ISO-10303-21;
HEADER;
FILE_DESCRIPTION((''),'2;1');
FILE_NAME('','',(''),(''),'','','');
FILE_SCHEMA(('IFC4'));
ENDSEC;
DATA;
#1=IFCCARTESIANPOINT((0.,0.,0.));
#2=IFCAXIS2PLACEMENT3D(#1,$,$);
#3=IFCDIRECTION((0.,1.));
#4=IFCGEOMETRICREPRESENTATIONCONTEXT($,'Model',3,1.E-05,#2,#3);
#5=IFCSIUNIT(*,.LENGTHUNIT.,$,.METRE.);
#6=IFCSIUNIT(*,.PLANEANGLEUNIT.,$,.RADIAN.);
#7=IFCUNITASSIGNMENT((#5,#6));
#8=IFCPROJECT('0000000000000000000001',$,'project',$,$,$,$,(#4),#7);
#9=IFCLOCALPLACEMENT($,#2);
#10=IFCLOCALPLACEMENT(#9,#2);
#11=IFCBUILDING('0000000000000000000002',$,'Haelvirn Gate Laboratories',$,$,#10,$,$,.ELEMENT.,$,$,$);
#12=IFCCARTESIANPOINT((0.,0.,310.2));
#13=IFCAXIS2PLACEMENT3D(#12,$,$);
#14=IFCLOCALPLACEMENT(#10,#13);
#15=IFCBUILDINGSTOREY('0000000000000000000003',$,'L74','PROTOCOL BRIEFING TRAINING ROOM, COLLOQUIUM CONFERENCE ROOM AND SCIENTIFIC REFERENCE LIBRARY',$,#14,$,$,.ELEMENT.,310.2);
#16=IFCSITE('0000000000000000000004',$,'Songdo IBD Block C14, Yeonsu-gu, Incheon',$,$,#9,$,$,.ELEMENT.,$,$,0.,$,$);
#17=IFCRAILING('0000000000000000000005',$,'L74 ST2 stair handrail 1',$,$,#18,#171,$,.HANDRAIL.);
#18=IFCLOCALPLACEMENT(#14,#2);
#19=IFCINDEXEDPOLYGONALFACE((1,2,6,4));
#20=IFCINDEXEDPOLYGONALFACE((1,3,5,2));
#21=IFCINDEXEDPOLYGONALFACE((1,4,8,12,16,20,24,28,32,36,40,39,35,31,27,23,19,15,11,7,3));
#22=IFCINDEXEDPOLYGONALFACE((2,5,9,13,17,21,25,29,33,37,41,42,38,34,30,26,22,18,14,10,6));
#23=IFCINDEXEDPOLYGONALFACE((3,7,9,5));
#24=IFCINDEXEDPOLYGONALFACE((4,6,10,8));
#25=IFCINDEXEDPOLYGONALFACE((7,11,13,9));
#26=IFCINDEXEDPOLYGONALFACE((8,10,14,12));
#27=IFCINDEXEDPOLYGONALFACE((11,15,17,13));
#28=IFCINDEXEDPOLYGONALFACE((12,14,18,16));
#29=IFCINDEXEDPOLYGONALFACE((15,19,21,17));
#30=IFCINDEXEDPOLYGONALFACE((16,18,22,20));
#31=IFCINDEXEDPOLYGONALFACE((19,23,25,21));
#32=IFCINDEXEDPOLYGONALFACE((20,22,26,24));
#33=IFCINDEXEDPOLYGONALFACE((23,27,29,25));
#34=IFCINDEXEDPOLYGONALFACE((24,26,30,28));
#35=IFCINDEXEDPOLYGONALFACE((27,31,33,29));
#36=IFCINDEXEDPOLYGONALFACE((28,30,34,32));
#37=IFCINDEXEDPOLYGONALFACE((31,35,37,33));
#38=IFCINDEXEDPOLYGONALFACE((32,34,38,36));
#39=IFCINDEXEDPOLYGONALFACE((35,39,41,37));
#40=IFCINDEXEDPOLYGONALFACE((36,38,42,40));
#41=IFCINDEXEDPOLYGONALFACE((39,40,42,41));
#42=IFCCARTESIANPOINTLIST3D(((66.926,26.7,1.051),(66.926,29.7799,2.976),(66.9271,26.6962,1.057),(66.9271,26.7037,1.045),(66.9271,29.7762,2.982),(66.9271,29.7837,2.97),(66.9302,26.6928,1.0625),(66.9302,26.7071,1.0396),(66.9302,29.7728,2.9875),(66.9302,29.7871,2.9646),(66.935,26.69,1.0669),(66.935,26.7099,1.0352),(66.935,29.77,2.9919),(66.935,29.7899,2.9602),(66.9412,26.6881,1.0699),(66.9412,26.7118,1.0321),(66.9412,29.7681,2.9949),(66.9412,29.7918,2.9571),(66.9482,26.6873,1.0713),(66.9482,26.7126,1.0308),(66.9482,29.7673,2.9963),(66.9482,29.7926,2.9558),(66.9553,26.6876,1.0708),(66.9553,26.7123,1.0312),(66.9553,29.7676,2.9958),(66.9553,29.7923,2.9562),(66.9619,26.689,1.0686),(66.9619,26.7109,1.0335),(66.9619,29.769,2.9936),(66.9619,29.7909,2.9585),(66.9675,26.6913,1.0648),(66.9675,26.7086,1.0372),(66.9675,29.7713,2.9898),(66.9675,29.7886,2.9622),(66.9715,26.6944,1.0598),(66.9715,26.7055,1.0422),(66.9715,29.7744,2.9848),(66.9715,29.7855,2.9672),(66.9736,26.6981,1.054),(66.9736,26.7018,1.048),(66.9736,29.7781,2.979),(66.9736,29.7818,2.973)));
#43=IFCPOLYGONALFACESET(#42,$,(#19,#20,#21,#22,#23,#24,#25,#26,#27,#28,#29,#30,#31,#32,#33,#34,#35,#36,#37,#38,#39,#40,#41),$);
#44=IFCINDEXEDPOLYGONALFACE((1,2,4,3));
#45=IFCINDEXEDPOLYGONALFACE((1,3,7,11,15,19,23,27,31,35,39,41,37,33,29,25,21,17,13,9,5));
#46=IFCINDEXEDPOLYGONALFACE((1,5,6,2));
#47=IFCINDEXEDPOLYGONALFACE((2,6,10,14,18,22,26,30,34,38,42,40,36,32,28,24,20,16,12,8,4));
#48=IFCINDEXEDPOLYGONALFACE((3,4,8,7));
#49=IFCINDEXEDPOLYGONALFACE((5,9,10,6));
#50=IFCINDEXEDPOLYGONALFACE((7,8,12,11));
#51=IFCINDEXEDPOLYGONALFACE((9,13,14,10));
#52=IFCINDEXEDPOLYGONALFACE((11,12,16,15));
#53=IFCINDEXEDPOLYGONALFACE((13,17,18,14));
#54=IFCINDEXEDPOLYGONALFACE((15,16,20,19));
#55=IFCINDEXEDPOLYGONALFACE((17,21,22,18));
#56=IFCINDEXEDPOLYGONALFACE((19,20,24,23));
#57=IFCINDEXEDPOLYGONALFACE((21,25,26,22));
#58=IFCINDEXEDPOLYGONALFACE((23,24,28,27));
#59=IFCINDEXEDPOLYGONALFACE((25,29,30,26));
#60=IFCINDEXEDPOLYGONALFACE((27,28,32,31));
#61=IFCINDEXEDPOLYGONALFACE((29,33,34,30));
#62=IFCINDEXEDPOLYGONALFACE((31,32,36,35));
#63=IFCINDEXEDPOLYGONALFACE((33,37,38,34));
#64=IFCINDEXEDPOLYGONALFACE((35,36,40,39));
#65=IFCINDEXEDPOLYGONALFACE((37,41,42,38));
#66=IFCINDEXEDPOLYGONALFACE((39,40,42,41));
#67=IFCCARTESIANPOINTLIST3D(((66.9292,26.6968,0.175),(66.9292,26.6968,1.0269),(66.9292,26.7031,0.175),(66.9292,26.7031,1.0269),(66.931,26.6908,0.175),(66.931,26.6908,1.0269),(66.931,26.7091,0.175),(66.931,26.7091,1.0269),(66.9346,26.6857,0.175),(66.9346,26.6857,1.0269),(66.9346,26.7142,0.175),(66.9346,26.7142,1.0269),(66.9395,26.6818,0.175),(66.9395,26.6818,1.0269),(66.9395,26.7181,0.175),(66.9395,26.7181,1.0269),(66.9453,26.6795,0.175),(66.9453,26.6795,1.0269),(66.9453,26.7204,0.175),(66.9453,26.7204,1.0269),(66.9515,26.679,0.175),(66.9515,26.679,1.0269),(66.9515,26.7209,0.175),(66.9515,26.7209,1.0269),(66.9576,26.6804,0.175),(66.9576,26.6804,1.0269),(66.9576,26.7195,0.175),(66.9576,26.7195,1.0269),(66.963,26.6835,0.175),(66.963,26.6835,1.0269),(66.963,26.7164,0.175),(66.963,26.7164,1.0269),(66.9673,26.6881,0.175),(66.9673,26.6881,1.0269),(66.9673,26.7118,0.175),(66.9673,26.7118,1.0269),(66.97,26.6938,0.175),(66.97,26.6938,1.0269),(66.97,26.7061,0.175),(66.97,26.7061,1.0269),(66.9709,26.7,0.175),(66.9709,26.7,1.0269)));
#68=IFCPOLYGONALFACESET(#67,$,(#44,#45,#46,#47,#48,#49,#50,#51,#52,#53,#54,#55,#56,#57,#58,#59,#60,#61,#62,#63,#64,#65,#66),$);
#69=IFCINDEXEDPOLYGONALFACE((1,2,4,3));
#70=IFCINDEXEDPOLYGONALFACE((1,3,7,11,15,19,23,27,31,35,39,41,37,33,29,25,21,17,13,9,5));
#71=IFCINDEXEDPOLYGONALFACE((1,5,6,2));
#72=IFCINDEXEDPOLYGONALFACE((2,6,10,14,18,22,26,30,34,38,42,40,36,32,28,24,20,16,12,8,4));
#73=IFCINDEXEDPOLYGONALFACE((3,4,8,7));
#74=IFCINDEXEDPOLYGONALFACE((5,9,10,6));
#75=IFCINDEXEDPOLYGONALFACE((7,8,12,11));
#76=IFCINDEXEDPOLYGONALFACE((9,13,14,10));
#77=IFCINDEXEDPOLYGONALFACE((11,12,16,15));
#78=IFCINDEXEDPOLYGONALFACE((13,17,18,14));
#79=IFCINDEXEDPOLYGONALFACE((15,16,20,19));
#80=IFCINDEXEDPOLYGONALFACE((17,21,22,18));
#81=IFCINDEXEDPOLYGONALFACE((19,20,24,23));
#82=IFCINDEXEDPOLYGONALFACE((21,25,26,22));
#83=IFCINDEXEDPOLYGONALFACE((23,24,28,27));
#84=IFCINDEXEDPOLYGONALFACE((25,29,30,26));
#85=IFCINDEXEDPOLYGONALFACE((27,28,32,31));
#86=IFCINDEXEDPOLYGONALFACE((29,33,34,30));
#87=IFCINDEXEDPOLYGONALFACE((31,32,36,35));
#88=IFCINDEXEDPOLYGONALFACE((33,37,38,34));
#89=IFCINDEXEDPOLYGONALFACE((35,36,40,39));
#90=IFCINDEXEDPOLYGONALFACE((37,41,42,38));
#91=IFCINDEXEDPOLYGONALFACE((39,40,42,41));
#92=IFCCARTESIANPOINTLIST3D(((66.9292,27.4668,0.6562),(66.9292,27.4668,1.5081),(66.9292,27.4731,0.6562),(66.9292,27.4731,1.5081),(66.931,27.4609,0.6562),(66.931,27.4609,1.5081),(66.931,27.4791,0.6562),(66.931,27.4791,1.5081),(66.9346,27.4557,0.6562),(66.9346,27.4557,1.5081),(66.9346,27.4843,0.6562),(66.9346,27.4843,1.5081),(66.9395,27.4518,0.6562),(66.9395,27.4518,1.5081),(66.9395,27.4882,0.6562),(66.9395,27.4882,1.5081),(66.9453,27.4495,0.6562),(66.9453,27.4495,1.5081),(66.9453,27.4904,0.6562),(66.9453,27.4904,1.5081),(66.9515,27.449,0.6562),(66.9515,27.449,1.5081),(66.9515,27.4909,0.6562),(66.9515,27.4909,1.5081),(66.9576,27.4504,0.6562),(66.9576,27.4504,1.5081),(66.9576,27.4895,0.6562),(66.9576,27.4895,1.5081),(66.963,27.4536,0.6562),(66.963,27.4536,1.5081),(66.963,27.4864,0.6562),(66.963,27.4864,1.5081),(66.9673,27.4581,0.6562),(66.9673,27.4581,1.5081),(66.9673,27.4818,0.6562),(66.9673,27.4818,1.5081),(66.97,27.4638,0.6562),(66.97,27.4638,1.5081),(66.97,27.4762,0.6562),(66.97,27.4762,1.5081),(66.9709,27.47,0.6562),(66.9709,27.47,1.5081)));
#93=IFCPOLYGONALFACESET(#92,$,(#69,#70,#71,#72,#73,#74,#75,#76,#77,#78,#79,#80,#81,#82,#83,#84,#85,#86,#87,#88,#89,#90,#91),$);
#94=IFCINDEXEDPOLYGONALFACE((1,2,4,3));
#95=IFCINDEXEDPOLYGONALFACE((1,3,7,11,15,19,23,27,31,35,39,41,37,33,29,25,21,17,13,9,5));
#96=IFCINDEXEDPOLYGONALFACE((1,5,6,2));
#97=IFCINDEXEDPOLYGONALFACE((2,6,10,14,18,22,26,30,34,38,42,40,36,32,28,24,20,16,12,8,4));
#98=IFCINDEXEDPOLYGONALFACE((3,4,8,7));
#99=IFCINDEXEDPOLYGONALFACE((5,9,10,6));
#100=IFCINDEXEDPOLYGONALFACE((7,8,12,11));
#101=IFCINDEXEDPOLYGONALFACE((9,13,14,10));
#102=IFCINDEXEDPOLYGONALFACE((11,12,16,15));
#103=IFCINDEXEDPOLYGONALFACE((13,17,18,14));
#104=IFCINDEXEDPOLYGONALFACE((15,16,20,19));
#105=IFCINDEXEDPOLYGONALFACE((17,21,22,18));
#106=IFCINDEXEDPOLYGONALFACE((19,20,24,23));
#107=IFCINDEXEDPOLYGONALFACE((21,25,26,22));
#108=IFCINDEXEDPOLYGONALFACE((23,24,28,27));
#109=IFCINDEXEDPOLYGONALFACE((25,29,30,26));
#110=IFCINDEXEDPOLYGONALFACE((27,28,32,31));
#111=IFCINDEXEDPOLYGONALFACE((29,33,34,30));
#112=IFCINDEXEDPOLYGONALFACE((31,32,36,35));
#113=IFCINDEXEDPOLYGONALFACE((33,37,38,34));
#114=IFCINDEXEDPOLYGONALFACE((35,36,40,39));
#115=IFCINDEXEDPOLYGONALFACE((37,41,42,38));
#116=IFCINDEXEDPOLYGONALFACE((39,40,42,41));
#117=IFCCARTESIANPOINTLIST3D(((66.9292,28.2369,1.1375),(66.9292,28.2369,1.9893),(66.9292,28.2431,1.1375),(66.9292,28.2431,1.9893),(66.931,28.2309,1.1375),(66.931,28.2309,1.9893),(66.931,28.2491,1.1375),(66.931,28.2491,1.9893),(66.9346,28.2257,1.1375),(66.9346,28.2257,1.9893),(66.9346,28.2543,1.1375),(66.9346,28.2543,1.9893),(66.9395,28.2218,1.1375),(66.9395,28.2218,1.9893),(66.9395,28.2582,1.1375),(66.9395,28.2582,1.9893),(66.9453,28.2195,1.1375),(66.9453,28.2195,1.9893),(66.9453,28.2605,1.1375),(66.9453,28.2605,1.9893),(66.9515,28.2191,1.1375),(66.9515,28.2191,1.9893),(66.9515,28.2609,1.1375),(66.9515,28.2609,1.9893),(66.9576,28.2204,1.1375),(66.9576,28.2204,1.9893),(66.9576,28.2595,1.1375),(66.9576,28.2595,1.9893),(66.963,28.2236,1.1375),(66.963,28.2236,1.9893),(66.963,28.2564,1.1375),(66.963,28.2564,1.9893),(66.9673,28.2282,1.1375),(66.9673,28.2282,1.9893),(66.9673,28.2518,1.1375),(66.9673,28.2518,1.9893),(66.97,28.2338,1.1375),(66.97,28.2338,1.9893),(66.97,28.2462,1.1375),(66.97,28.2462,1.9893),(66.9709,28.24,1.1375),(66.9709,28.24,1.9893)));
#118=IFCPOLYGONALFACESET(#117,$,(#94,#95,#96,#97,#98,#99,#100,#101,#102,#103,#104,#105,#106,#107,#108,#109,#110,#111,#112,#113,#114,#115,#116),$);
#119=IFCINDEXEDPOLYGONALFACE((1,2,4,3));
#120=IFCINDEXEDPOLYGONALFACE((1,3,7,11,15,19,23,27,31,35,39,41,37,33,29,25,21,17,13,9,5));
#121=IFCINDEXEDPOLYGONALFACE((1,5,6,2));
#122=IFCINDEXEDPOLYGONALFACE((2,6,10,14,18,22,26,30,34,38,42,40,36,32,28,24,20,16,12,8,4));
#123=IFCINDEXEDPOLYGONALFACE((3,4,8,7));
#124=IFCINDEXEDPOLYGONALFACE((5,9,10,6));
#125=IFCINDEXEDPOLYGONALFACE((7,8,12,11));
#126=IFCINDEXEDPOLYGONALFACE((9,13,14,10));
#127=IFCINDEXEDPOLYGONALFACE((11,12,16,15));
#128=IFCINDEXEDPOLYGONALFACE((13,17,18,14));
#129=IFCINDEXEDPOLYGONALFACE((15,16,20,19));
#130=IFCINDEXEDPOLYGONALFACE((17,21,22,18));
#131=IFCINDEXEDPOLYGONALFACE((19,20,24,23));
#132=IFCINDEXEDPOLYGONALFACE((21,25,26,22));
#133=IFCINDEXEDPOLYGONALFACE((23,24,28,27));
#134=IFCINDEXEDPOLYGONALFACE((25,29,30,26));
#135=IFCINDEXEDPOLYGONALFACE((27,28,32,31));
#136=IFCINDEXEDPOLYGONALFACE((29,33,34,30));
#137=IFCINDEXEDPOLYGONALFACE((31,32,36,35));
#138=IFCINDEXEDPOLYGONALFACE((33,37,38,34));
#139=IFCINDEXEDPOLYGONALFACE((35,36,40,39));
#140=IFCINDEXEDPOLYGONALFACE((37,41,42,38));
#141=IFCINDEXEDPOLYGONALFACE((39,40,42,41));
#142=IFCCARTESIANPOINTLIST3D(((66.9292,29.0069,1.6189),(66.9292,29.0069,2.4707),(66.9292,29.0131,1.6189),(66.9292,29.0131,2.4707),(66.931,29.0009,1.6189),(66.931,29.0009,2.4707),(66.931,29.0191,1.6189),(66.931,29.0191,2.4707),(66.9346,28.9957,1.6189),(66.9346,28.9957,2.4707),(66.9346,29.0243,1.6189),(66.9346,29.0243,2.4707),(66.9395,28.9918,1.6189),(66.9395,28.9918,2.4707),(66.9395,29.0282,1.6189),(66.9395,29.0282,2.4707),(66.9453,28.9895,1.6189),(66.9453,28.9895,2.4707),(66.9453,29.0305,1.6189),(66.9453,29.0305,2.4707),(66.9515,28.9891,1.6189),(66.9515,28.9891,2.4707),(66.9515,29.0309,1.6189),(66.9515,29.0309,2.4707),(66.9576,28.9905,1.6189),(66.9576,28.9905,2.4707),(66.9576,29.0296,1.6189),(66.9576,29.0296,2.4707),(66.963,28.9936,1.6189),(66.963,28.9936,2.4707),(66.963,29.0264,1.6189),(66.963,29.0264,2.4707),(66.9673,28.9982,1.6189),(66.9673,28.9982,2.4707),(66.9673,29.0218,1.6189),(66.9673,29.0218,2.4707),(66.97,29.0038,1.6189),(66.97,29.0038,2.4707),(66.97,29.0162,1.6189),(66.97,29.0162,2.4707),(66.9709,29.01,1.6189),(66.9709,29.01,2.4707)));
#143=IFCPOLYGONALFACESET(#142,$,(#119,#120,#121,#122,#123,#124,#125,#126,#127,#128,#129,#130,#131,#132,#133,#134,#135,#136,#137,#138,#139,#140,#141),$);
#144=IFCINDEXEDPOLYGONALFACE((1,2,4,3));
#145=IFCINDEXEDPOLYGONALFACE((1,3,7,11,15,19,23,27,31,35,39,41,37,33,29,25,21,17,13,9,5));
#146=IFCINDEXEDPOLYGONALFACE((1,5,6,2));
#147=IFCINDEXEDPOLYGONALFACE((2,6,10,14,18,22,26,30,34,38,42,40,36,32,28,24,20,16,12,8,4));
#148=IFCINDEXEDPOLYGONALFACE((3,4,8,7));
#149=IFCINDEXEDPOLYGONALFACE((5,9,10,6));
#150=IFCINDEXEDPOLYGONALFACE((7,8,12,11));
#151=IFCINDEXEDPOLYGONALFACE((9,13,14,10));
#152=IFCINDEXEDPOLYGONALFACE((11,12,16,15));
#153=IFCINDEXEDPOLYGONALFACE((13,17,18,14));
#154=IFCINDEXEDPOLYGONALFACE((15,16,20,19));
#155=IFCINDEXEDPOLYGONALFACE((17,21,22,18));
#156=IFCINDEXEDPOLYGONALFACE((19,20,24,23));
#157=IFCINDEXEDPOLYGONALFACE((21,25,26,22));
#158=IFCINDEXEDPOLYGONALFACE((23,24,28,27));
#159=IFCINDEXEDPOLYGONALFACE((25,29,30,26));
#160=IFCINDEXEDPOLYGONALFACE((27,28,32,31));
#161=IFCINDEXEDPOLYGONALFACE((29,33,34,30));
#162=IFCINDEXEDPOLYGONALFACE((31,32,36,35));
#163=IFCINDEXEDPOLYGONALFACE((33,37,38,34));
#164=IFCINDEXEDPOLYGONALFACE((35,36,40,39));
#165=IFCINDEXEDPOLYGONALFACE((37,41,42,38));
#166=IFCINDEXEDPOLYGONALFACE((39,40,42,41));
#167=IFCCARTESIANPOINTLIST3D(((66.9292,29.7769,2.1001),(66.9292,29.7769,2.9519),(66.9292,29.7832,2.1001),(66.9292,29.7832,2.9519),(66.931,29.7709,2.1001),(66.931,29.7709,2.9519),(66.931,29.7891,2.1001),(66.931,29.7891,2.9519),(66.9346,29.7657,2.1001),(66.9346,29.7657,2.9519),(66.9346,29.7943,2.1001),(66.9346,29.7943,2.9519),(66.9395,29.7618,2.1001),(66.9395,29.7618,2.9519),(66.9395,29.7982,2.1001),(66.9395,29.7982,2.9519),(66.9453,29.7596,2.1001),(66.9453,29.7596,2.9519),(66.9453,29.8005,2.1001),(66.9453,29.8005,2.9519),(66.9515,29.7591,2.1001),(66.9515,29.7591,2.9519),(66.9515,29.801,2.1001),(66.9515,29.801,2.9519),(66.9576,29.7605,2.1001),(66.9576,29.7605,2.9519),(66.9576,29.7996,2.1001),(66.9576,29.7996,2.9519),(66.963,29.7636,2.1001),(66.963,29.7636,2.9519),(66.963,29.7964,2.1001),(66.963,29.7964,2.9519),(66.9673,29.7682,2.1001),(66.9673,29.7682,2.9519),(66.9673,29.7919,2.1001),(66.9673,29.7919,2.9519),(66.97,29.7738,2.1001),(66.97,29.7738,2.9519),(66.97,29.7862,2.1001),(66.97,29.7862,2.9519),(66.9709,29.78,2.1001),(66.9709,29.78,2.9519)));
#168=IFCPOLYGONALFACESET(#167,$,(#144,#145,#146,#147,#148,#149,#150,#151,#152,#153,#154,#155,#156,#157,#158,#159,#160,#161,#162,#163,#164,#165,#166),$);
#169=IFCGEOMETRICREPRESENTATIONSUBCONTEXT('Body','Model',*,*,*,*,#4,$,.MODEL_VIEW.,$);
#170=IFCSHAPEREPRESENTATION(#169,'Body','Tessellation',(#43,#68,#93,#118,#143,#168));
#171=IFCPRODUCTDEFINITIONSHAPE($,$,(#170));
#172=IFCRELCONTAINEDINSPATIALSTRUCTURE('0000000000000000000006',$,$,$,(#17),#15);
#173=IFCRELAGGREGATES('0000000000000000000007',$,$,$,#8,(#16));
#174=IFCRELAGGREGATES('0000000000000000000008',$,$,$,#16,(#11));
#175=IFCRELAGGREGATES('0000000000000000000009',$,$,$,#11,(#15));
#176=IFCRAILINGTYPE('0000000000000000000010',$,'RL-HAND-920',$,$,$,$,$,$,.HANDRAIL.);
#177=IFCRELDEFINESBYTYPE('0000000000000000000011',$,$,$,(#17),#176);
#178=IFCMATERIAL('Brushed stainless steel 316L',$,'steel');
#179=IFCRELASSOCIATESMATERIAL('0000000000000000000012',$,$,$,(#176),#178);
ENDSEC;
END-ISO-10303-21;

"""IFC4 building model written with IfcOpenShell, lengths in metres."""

from ifc_helpers import new_model, si_unit, direction, frame, origin, origin_2d, place, context, subcontext, project, spatial, circle, extrude, source, transform, mapped, material, type_object, element, save


model = new_model("IFC4")

# Units and contexts
model_context = context("Model", 3, precision=1e-05, world=origin(), true_north=direction((0.0, 1.0)))
body_context = subcontext(model_context, "Body", "Model", "MODEL_VIEW")
ifc_project = project(units=[si_unit("LENGTHUNIT", "METRE"), si_unit("PLANEANGLEUNIT", "RADIAN")], contexts=[model_context])

# Site, building, storey
site_placement = place(None, origin())
site = spatial("IfcSite", under=ifc_project, at=site_placement, Name="Songdo IBD Block C14, Yeonsu-gu, Incheon", CompositionType="ELEMENT", RefElevation=0.0)
building_placement = place(site_placement, origin())
building = spatial("IfcBuilding", under=site, at=building_placement, Name="Haelvirn Gate Laboratories", CompositionType="ELEMENT")
storey_placement = place(building_placement, frame((0.0, 0.0, 310.2)))
storey = spatial("IfcBuildingStorey", under=building, at=storey_placement, Name="L74", Description="PROTOCOL BRIEFING TRAINING ROOM, COLLOQUIUM CONFERENCE ROOM AND SCIENTIFIC REFERENCE LIBRARY", CompositionType="ELEMENT", Elevation=310.2)

# Railing
ifc_material_1 = material(Name="Brushed stainless steel 316L", Category="steel")
railing_type_1 = type_object("IfcRailingType", Name="RL-HAND-920", PredefinedType="HANDRAIL", material=ifc_material_1)
shared_shape_1 = source(origin(), body_context, "Body", "SweptSolid", [
    extrude(circle(Radius=0.0239, at=origin_2d()), frame((0.0, 0.0, 0.876), z_axis=(0.0, 0.847998, 0.529999), x_axis=(-1.0, 0.0, 0.0)), (0.0, 0.0, 1.0), 3.6321),
    extrude(circle(Radius=0.021, at=origin_2d()), origin(), (0.0, 0.0, 1.0), 0.8518),
    extrude(circle(Radius=0.021, at=origin_2d()), frame((0.0, 0.77, 0.4812)), (0.0, 0.0, 1.0), 0.8518),
    extrude(circle(Radius=0.021, at=origin_2d()), frame((0.0, 1.54, 0.9624)), (0.0, 0.0, 1.0), 0.8518),
    extrude(circle(Radius=0.021, at=origin_2d()), frame((0.0, 2.3101, 1.4438)), (0.0, 0.0, 1.0), 0.8518),
    extrude(circle(Radius=0.021, at=origin_2d()), frame((0.0, 3.0801, 1.925)), (0.0, 0.0, 1.0), 0.8518),
])
railing_1_placement = place(storey_placement, frame((66.95, 26.7, 0.175)))
element("IfcRailing", 1, at=railing_1_placement, inside=storey, type_object=railing_type_1, Name="L74 ST2 stair handrail 1", PredefinedType="HANDRAIL", context=body_context, shape_type="MappedRepresentation", body=[
    mapped(shared_shape_1, transform((0.0, 0.0, 0.0), scale=1.0)),
])

save(model, "model.ifc")
